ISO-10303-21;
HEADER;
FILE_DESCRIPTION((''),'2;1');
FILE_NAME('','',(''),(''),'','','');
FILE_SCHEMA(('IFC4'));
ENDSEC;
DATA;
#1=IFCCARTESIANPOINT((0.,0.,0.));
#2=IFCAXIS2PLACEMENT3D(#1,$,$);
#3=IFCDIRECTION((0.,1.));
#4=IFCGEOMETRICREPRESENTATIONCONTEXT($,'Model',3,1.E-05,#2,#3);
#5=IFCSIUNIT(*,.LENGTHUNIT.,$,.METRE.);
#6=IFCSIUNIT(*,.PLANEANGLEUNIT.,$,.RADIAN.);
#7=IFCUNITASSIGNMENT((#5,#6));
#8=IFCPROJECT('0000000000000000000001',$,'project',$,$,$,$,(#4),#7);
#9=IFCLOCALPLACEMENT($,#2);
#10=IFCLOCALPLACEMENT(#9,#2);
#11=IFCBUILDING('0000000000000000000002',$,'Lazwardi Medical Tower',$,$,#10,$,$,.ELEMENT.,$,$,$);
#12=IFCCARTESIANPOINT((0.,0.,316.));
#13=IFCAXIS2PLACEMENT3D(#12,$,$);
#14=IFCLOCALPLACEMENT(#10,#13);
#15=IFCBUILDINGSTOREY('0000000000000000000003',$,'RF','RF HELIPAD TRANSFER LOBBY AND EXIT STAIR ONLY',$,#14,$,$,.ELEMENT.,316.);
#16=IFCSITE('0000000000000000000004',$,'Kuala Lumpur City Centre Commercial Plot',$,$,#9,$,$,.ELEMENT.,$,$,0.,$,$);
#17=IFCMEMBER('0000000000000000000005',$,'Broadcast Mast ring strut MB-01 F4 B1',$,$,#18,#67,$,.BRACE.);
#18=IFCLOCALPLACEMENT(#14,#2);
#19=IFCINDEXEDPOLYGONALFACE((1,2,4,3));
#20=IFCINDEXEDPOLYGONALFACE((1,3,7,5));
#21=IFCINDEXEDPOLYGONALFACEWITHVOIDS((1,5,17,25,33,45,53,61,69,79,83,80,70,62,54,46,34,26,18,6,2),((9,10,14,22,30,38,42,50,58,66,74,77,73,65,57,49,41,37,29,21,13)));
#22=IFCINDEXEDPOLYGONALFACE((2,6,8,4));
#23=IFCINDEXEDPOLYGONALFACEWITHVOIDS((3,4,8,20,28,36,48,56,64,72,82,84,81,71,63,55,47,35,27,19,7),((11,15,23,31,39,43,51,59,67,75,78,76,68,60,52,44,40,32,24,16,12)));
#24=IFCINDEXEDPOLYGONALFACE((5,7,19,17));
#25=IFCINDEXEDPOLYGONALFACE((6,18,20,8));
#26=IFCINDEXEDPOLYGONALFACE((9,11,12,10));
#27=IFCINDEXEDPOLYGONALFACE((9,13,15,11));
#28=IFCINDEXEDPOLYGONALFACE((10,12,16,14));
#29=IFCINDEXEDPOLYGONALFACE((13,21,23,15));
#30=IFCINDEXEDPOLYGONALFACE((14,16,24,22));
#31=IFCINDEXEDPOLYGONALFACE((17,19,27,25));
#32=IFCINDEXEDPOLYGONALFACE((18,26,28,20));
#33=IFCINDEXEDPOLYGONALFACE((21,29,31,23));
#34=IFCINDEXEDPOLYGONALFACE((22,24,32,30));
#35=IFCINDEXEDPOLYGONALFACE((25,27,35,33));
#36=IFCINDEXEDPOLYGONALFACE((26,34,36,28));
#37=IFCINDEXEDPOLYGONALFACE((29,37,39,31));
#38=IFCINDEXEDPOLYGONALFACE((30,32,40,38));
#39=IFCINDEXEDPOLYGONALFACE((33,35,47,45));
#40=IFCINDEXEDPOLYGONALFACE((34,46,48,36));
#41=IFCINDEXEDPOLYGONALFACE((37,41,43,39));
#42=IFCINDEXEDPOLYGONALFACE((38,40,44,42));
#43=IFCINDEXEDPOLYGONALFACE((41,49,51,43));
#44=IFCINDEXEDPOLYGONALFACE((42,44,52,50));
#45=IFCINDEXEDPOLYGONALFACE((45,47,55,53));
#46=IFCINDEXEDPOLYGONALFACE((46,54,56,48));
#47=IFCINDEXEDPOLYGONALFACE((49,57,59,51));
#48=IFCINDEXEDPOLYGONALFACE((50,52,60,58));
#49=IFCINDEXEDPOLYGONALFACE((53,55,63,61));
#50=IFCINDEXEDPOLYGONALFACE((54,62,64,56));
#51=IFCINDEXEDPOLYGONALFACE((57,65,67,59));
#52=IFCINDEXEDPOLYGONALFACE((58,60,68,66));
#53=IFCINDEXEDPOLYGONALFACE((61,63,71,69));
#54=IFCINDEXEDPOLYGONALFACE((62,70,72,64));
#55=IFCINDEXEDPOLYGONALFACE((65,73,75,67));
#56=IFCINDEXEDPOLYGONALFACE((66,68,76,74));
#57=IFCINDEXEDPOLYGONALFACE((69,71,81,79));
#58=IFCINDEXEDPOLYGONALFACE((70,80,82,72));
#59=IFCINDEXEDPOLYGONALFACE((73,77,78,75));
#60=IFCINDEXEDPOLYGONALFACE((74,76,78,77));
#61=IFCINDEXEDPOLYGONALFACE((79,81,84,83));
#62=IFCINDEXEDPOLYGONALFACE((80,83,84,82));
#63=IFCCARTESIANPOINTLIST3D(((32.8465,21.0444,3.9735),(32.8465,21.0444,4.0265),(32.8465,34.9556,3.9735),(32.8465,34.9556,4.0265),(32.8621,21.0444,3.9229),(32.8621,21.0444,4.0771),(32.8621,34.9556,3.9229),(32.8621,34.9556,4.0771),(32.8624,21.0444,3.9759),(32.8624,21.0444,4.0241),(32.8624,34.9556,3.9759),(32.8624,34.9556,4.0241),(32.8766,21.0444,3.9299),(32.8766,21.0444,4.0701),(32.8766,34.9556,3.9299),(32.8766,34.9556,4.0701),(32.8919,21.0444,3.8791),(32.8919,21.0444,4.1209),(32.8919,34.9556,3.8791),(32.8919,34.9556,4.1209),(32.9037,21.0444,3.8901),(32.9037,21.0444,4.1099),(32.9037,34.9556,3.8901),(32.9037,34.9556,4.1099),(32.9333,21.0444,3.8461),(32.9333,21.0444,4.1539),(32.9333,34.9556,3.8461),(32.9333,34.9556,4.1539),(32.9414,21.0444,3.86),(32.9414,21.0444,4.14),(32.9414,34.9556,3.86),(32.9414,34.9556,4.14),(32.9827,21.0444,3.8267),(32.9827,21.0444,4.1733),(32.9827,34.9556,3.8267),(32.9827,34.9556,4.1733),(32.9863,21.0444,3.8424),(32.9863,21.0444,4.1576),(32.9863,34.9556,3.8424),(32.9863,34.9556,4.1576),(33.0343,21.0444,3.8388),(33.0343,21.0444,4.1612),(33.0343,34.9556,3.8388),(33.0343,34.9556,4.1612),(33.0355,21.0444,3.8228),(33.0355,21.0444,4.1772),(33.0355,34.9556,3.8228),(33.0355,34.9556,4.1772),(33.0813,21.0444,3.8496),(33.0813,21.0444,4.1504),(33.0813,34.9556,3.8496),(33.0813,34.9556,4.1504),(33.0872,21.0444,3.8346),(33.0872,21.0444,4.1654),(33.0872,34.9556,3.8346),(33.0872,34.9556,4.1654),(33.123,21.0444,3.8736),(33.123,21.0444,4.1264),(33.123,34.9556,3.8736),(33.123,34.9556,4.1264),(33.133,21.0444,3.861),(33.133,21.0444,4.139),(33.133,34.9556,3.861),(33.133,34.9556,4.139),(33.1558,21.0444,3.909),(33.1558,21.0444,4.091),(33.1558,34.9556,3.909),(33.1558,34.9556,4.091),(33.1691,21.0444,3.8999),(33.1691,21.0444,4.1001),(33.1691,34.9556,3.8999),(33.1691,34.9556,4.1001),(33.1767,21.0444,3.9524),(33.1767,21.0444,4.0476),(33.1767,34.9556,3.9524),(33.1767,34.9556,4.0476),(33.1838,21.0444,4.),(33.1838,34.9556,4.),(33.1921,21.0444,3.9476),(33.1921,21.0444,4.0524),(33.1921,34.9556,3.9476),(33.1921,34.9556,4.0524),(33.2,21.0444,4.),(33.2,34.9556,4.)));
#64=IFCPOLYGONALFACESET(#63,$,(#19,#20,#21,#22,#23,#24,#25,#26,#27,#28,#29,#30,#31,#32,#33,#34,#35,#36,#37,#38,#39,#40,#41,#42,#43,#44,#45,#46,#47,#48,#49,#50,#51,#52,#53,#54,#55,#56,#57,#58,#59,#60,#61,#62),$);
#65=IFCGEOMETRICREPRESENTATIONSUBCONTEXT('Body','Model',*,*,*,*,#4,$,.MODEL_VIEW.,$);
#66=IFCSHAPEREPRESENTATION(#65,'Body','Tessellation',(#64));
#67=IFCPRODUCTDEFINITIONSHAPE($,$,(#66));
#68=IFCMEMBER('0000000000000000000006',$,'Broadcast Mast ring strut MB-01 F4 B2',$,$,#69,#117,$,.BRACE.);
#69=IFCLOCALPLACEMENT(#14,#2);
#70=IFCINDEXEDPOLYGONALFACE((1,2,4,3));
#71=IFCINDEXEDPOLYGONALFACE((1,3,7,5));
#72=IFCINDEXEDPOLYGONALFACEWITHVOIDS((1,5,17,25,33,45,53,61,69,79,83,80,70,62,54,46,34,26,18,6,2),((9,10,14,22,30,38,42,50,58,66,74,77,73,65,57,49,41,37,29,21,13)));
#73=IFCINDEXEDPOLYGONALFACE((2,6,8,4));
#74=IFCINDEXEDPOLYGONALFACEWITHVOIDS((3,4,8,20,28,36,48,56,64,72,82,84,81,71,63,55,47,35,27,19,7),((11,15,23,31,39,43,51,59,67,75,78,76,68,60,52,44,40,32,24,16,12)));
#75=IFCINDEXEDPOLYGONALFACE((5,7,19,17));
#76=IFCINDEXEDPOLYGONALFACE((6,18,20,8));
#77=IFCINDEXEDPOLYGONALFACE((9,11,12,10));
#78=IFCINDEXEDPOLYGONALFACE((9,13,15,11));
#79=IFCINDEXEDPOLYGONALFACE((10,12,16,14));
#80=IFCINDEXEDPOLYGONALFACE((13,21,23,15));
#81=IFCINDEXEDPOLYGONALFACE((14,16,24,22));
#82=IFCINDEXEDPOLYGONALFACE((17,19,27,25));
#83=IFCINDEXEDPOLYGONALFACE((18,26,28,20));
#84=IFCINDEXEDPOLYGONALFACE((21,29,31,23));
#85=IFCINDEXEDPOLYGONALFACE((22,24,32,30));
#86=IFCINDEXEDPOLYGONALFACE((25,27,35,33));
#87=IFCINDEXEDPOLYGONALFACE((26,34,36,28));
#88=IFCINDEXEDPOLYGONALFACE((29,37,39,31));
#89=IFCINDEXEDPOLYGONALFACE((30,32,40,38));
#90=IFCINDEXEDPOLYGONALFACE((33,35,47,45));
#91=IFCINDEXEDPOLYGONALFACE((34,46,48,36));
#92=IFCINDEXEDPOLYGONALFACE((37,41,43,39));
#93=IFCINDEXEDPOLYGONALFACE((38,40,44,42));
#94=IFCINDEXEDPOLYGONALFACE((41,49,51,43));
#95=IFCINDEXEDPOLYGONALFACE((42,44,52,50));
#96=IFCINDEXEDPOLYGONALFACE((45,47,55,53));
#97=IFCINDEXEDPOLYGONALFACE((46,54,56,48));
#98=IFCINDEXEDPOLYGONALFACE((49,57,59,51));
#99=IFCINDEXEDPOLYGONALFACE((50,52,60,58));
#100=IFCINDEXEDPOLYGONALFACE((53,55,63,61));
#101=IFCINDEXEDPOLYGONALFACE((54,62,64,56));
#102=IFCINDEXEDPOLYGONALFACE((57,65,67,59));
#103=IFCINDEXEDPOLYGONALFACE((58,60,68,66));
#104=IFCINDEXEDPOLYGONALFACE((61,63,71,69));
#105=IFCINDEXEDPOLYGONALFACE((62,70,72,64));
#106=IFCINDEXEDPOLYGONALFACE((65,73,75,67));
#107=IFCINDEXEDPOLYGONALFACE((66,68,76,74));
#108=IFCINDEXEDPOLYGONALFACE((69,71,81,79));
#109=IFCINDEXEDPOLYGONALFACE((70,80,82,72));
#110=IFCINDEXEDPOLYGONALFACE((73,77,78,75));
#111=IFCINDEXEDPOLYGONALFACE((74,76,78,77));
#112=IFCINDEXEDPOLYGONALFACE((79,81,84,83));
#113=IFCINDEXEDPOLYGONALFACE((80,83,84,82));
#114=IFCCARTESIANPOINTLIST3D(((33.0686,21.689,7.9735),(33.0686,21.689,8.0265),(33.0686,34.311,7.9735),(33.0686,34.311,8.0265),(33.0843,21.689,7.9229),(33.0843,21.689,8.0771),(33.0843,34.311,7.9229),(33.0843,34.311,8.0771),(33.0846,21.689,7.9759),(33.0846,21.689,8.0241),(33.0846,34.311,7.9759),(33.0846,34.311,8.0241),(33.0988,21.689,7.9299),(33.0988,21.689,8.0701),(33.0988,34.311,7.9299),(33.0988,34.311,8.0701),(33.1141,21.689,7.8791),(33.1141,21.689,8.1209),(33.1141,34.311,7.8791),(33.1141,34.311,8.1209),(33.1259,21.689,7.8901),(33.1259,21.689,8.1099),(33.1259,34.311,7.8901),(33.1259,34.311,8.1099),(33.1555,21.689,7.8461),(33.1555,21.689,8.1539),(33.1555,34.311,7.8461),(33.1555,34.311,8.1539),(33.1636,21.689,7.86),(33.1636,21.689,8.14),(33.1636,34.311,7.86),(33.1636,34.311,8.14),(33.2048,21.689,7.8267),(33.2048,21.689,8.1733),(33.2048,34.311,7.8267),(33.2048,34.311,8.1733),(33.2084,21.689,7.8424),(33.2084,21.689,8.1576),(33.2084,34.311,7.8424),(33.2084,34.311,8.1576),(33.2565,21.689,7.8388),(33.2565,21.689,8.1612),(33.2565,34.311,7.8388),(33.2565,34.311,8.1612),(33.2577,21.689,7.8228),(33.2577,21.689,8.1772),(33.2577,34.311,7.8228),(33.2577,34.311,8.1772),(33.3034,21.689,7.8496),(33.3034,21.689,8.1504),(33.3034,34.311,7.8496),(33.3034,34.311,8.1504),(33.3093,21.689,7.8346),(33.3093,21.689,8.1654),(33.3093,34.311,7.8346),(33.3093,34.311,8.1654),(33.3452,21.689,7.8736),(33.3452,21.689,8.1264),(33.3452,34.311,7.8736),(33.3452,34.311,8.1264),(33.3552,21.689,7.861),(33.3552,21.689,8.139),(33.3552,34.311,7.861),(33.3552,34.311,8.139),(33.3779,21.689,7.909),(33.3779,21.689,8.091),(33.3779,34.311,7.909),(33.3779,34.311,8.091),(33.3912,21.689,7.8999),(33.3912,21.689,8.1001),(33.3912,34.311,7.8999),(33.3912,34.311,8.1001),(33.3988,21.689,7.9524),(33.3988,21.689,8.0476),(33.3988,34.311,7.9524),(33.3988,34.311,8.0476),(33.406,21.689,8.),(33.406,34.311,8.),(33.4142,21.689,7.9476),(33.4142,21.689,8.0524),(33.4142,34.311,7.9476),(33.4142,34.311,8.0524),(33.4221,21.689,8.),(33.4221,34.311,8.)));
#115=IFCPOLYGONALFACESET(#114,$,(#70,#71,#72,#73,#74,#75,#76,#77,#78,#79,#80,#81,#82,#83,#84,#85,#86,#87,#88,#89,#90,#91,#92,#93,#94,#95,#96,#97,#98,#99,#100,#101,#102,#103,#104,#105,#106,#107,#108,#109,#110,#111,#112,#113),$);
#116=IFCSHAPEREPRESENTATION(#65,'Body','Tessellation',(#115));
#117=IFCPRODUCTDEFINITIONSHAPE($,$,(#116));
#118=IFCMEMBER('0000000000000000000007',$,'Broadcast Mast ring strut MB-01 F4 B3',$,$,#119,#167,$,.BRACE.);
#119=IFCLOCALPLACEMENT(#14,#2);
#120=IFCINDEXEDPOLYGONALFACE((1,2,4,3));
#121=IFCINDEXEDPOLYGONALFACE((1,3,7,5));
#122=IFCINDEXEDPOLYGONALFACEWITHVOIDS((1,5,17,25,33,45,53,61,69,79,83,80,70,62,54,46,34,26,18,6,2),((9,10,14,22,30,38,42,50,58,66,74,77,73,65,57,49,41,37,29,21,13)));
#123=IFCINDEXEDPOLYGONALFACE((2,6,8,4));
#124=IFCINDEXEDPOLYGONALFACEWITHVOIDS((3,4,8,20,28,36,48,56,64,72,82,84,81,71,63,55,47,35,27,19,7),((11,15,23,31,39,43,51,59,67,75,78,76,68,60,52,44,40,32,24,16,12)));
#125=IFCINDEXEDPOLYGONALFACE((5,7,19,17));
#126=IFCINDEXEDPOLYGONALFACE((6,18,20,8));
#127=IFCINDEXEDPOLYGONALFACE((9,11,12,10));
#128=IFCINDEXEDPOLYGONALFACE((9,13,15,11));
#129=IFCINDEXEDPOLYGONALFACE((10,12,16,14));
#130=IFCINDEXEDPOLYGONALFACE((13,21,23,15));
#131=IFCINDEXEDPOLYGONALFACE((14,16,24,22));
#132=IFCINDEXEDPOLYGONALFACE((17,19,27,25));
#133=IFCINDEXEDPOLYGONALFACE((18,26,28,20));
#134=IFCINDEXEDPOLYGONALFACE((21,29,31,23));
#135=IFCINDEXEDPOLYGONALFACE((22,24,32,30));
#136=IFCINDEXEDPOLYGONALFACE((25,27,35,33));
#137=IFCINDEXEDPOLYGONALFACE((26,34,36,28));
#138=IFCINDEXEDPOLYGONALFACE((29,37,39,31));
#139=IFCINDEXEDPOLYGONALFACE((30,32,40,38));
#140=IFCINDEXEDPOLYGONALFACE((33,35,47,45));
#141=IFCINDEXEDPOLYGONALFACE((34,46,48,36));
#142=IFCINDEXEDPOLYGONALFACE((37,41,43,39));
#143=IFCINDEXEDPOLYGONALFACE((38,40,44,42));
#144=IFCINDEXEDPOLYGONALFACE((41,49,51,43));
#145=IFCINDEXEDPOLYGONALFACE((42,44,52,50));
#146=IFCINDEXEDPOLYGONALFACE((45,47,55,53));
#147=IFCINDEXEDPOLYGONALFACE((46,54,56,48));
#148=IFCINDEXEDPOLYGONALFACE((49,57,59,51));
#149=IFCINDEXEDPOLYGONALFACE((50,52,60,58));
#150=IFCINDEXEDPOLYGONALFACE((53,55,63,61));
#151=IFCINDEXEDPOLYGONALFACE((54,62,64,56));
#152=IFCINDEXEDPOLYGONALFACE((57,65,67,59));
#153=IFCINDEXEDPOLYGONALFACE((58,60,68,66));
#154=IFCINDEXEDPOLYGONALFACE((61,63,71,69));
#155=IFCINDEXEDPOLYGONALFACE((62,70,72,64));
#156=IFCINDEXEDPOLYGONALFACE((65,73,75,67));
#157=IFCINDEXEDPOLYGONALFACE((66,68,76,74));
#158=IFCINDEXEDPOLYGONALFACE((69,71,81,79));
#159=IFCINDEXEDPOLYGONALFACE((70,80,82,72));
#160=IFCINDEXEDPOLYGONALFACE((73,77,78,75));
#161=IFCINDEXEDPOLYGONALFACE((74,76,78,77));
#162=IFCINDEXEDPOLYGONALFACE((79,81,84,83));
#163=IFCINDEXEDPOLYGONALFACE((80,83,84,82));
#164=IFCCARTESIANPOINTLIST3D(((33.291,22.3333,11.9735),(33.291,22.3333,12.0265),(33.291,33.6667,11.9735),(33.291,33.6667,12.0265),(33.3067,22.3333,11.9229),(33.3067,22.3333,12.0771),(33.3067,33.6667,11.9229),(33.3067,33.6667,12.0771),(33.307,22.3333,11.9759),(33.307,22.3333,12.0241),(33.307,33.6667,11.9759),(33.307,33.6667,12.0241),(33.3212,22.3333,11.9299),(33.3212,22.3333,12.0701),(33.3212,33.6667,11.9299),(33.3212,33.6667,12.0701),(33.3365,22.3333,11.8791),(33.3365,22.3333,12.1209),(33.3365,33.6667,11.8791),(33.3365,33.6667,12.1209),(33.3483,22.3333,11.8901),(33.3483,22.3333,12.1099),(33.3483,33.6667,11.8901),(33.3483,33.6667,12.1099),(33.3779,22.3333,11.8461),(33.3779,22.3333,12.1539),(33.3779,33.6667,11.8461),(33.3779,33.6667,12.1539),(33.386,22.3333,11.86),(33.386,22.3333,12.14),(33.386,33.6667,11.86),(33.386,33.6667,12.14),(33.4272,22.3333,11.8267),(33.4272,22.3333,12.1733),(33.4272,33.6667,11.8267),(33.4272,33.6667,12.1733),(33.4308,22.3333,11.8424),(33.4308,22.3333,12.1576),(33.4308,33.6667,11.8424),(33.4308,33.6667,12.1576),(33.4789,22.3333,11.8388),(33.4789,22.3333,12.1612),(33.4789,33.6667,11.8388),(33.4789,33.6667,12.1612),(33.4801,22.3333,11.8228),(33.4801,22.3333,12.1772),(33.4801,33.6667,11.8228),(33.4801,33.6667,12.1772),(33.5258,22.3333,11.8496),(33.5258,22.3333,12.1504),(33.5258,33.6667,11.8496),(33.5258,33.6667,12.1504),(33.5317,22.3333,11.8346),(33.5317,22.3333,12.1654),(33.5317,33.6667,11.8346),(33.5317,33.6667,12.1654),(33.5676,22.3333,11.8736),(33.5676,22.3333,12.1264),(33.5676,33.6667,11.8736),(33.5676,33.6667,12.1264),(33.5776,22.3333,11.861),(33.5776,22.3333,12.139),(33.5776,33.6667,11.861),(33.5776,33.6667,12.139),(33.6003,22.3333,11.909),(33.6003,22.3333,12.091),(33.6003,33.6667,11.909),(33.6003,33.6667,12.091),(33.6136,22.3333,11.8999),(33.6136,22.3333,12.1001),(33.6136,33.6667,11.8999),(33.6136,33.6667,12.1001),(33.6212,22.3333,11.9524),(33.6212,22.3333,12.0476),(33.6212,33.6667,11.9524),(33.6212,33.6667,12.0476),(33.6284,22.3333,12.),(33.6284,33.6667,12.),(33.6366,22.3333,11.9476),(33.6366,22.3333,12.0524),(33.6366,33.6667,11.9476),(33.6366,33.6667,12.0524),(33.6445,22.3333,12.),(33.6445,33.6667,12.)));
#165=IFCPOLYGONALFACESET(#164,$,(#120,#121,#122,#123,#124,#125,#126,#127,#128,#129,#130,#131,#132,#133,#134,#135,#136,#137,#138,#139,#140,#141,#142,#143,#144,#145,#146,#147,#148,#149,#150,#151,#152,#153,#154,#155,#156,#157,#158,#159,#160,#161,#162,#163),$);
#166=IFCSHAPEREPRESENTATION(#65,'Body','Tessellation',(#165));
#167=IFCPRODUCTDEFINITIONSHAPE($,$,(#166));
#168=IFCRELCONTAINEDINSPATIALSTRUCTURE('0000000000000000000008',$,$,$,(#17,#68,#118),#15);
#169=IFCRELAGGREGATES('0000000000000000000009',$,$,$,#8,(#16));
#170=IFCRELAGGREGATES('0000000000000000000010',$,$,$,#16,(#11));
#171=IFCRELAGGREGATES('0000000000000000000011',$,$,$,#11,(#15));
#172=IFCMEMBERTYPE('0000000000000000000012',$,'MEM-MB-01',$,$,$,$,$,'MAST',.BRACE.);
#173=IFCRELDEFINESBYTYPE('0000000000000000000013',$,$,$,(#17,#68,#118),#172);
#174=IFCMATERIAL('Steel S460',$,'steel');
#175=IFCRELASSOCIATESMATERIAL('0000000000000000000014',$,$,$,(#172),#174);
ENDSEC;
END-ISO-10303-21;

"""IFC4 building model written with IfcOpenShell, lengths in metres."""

from ifc_helpers import new_model, si_unit, direction, frame, origin, origin_2d, place, context, subcontext, project, spatial, hollow_circle, extrude, material, material_profile, profile_set, type_object, element, save


model = new_model("IFC4")

# Units and contexts
model_context = context("Model", 3, precision=1e-05, world=origin(), true_north=direction((0.0, 1.0)))
body_context = subcontext(model_context, "Body", "Model", "MODEL_VIEW")
ifc_project = project(units=[si_unit("LENGTHUNIT", "METRE"), si_unit("PLANEANGLEUNIT", "RADIAN")], contexts=[model_context])

# Site, building, storey
site_placement = place(None, origin())
site = spatial("IfcSite", under=ifc_project, at=site_placement, Name="Kuala Lumpur City Centre Commercial Plot", CompositionType="ELEMENT", RefElevation=0.0)
building_placement = place(site_placement, origin())
building = spatial("IfcBuilding", under=site, at=building_placement, Name="Lazwardi Medical Tower", CompositionType="ELEMENT")
storey_placement = place(building_placement, frame((0.0, 0.0, 316.0)))
storey = spatial("IfcBuildingStorey", under=building, at=storey_placement, Name="RF", Description="RF HELIPAD TRANSFER LOBBY AND EXIT STAIR ONLY", CompositionType="ELEMENT", Elevation=316.0)

# Members
ifc_material_1 = material(Name="Steel S460", Category="steel")
ifc_material_profile_1 = material_profile(ifc_material_1, hollow_circle(Radius=0.1777, WallThickness=0.0161, at=origin_2d()), Name="CHS 355.6x16")
ifc_profile_set_1 = profile_set([ifc_material_profile_1], Name="Steel S460")
member_type_1 = type_object("IfcMemberType", Name="MEM-MB-01", ElementType="MAST", PredefinedType="BRACE", material=ifc_profile_set_1)
member_1_placement = place(storey_placement, frame((33.0222, 34.9556, 4.0), z_axis=(0.0, -1.0, 0.0), x_axis=(1.0, 0.0, 0.0)))
element("IfcMember", 1, at=member_1_placement, inside=storey, type_object=member_type_1, Name="Broadcast Mast ring strut MB-01 F4 B1", PredefinedType="BRACE", context=body_context, shape_type="SweptSolid", body=[
    extrude(hollow_circle(Radius=0.1777, WallThickness=0.0161, at=origin_2d()), origin(), (0.0, 0.0, 1.0), 13.9111),
])
member_2_placement = place(storey_placement, frame((33.2444, 34.311, 8.0), z_axis=(0.0, -1.0, 0.0), x_axis=(1.0, 0.0, 0.0)))
element("IfcMember", 2, at=member_2_placement, inside=storey, type_object=member_type_1, Name="Broadcast Mast ring strut MB-01 F4 B2", PredefinedType="BRACE", context=body_context, shape_type="SweptSolid", body=[
    extrude(hollow_circle(Radius=0.1777, WallThickness=0.0161, at=origin_2d()), origin(), (0.0, 0.0, 1.0), 12.6221),
])
member_3_placement = place(storey_placement, frame((33.4668, 33.6667, 12.0), z_axis=(0.0, -1.0, 0.0), x_axis=(1.0, 0.0, 0.0)))
element("IfcMember", 3, at=member_3_placement, inside=storey, type_object=member_type_1, Name="Broadcast Mast ring strut MB-01 F4 B3", PredefinedType="BRACE", context=body_context, shape_type="SweptSolid", body=[
    extrude(hollow_circle(Radius=0.1777, WallThickness=0.0161, at=origin_2d()), origin(), (0.0, 0.0, 1.0), 11.3335),
])

save(model, "model.ifc")
